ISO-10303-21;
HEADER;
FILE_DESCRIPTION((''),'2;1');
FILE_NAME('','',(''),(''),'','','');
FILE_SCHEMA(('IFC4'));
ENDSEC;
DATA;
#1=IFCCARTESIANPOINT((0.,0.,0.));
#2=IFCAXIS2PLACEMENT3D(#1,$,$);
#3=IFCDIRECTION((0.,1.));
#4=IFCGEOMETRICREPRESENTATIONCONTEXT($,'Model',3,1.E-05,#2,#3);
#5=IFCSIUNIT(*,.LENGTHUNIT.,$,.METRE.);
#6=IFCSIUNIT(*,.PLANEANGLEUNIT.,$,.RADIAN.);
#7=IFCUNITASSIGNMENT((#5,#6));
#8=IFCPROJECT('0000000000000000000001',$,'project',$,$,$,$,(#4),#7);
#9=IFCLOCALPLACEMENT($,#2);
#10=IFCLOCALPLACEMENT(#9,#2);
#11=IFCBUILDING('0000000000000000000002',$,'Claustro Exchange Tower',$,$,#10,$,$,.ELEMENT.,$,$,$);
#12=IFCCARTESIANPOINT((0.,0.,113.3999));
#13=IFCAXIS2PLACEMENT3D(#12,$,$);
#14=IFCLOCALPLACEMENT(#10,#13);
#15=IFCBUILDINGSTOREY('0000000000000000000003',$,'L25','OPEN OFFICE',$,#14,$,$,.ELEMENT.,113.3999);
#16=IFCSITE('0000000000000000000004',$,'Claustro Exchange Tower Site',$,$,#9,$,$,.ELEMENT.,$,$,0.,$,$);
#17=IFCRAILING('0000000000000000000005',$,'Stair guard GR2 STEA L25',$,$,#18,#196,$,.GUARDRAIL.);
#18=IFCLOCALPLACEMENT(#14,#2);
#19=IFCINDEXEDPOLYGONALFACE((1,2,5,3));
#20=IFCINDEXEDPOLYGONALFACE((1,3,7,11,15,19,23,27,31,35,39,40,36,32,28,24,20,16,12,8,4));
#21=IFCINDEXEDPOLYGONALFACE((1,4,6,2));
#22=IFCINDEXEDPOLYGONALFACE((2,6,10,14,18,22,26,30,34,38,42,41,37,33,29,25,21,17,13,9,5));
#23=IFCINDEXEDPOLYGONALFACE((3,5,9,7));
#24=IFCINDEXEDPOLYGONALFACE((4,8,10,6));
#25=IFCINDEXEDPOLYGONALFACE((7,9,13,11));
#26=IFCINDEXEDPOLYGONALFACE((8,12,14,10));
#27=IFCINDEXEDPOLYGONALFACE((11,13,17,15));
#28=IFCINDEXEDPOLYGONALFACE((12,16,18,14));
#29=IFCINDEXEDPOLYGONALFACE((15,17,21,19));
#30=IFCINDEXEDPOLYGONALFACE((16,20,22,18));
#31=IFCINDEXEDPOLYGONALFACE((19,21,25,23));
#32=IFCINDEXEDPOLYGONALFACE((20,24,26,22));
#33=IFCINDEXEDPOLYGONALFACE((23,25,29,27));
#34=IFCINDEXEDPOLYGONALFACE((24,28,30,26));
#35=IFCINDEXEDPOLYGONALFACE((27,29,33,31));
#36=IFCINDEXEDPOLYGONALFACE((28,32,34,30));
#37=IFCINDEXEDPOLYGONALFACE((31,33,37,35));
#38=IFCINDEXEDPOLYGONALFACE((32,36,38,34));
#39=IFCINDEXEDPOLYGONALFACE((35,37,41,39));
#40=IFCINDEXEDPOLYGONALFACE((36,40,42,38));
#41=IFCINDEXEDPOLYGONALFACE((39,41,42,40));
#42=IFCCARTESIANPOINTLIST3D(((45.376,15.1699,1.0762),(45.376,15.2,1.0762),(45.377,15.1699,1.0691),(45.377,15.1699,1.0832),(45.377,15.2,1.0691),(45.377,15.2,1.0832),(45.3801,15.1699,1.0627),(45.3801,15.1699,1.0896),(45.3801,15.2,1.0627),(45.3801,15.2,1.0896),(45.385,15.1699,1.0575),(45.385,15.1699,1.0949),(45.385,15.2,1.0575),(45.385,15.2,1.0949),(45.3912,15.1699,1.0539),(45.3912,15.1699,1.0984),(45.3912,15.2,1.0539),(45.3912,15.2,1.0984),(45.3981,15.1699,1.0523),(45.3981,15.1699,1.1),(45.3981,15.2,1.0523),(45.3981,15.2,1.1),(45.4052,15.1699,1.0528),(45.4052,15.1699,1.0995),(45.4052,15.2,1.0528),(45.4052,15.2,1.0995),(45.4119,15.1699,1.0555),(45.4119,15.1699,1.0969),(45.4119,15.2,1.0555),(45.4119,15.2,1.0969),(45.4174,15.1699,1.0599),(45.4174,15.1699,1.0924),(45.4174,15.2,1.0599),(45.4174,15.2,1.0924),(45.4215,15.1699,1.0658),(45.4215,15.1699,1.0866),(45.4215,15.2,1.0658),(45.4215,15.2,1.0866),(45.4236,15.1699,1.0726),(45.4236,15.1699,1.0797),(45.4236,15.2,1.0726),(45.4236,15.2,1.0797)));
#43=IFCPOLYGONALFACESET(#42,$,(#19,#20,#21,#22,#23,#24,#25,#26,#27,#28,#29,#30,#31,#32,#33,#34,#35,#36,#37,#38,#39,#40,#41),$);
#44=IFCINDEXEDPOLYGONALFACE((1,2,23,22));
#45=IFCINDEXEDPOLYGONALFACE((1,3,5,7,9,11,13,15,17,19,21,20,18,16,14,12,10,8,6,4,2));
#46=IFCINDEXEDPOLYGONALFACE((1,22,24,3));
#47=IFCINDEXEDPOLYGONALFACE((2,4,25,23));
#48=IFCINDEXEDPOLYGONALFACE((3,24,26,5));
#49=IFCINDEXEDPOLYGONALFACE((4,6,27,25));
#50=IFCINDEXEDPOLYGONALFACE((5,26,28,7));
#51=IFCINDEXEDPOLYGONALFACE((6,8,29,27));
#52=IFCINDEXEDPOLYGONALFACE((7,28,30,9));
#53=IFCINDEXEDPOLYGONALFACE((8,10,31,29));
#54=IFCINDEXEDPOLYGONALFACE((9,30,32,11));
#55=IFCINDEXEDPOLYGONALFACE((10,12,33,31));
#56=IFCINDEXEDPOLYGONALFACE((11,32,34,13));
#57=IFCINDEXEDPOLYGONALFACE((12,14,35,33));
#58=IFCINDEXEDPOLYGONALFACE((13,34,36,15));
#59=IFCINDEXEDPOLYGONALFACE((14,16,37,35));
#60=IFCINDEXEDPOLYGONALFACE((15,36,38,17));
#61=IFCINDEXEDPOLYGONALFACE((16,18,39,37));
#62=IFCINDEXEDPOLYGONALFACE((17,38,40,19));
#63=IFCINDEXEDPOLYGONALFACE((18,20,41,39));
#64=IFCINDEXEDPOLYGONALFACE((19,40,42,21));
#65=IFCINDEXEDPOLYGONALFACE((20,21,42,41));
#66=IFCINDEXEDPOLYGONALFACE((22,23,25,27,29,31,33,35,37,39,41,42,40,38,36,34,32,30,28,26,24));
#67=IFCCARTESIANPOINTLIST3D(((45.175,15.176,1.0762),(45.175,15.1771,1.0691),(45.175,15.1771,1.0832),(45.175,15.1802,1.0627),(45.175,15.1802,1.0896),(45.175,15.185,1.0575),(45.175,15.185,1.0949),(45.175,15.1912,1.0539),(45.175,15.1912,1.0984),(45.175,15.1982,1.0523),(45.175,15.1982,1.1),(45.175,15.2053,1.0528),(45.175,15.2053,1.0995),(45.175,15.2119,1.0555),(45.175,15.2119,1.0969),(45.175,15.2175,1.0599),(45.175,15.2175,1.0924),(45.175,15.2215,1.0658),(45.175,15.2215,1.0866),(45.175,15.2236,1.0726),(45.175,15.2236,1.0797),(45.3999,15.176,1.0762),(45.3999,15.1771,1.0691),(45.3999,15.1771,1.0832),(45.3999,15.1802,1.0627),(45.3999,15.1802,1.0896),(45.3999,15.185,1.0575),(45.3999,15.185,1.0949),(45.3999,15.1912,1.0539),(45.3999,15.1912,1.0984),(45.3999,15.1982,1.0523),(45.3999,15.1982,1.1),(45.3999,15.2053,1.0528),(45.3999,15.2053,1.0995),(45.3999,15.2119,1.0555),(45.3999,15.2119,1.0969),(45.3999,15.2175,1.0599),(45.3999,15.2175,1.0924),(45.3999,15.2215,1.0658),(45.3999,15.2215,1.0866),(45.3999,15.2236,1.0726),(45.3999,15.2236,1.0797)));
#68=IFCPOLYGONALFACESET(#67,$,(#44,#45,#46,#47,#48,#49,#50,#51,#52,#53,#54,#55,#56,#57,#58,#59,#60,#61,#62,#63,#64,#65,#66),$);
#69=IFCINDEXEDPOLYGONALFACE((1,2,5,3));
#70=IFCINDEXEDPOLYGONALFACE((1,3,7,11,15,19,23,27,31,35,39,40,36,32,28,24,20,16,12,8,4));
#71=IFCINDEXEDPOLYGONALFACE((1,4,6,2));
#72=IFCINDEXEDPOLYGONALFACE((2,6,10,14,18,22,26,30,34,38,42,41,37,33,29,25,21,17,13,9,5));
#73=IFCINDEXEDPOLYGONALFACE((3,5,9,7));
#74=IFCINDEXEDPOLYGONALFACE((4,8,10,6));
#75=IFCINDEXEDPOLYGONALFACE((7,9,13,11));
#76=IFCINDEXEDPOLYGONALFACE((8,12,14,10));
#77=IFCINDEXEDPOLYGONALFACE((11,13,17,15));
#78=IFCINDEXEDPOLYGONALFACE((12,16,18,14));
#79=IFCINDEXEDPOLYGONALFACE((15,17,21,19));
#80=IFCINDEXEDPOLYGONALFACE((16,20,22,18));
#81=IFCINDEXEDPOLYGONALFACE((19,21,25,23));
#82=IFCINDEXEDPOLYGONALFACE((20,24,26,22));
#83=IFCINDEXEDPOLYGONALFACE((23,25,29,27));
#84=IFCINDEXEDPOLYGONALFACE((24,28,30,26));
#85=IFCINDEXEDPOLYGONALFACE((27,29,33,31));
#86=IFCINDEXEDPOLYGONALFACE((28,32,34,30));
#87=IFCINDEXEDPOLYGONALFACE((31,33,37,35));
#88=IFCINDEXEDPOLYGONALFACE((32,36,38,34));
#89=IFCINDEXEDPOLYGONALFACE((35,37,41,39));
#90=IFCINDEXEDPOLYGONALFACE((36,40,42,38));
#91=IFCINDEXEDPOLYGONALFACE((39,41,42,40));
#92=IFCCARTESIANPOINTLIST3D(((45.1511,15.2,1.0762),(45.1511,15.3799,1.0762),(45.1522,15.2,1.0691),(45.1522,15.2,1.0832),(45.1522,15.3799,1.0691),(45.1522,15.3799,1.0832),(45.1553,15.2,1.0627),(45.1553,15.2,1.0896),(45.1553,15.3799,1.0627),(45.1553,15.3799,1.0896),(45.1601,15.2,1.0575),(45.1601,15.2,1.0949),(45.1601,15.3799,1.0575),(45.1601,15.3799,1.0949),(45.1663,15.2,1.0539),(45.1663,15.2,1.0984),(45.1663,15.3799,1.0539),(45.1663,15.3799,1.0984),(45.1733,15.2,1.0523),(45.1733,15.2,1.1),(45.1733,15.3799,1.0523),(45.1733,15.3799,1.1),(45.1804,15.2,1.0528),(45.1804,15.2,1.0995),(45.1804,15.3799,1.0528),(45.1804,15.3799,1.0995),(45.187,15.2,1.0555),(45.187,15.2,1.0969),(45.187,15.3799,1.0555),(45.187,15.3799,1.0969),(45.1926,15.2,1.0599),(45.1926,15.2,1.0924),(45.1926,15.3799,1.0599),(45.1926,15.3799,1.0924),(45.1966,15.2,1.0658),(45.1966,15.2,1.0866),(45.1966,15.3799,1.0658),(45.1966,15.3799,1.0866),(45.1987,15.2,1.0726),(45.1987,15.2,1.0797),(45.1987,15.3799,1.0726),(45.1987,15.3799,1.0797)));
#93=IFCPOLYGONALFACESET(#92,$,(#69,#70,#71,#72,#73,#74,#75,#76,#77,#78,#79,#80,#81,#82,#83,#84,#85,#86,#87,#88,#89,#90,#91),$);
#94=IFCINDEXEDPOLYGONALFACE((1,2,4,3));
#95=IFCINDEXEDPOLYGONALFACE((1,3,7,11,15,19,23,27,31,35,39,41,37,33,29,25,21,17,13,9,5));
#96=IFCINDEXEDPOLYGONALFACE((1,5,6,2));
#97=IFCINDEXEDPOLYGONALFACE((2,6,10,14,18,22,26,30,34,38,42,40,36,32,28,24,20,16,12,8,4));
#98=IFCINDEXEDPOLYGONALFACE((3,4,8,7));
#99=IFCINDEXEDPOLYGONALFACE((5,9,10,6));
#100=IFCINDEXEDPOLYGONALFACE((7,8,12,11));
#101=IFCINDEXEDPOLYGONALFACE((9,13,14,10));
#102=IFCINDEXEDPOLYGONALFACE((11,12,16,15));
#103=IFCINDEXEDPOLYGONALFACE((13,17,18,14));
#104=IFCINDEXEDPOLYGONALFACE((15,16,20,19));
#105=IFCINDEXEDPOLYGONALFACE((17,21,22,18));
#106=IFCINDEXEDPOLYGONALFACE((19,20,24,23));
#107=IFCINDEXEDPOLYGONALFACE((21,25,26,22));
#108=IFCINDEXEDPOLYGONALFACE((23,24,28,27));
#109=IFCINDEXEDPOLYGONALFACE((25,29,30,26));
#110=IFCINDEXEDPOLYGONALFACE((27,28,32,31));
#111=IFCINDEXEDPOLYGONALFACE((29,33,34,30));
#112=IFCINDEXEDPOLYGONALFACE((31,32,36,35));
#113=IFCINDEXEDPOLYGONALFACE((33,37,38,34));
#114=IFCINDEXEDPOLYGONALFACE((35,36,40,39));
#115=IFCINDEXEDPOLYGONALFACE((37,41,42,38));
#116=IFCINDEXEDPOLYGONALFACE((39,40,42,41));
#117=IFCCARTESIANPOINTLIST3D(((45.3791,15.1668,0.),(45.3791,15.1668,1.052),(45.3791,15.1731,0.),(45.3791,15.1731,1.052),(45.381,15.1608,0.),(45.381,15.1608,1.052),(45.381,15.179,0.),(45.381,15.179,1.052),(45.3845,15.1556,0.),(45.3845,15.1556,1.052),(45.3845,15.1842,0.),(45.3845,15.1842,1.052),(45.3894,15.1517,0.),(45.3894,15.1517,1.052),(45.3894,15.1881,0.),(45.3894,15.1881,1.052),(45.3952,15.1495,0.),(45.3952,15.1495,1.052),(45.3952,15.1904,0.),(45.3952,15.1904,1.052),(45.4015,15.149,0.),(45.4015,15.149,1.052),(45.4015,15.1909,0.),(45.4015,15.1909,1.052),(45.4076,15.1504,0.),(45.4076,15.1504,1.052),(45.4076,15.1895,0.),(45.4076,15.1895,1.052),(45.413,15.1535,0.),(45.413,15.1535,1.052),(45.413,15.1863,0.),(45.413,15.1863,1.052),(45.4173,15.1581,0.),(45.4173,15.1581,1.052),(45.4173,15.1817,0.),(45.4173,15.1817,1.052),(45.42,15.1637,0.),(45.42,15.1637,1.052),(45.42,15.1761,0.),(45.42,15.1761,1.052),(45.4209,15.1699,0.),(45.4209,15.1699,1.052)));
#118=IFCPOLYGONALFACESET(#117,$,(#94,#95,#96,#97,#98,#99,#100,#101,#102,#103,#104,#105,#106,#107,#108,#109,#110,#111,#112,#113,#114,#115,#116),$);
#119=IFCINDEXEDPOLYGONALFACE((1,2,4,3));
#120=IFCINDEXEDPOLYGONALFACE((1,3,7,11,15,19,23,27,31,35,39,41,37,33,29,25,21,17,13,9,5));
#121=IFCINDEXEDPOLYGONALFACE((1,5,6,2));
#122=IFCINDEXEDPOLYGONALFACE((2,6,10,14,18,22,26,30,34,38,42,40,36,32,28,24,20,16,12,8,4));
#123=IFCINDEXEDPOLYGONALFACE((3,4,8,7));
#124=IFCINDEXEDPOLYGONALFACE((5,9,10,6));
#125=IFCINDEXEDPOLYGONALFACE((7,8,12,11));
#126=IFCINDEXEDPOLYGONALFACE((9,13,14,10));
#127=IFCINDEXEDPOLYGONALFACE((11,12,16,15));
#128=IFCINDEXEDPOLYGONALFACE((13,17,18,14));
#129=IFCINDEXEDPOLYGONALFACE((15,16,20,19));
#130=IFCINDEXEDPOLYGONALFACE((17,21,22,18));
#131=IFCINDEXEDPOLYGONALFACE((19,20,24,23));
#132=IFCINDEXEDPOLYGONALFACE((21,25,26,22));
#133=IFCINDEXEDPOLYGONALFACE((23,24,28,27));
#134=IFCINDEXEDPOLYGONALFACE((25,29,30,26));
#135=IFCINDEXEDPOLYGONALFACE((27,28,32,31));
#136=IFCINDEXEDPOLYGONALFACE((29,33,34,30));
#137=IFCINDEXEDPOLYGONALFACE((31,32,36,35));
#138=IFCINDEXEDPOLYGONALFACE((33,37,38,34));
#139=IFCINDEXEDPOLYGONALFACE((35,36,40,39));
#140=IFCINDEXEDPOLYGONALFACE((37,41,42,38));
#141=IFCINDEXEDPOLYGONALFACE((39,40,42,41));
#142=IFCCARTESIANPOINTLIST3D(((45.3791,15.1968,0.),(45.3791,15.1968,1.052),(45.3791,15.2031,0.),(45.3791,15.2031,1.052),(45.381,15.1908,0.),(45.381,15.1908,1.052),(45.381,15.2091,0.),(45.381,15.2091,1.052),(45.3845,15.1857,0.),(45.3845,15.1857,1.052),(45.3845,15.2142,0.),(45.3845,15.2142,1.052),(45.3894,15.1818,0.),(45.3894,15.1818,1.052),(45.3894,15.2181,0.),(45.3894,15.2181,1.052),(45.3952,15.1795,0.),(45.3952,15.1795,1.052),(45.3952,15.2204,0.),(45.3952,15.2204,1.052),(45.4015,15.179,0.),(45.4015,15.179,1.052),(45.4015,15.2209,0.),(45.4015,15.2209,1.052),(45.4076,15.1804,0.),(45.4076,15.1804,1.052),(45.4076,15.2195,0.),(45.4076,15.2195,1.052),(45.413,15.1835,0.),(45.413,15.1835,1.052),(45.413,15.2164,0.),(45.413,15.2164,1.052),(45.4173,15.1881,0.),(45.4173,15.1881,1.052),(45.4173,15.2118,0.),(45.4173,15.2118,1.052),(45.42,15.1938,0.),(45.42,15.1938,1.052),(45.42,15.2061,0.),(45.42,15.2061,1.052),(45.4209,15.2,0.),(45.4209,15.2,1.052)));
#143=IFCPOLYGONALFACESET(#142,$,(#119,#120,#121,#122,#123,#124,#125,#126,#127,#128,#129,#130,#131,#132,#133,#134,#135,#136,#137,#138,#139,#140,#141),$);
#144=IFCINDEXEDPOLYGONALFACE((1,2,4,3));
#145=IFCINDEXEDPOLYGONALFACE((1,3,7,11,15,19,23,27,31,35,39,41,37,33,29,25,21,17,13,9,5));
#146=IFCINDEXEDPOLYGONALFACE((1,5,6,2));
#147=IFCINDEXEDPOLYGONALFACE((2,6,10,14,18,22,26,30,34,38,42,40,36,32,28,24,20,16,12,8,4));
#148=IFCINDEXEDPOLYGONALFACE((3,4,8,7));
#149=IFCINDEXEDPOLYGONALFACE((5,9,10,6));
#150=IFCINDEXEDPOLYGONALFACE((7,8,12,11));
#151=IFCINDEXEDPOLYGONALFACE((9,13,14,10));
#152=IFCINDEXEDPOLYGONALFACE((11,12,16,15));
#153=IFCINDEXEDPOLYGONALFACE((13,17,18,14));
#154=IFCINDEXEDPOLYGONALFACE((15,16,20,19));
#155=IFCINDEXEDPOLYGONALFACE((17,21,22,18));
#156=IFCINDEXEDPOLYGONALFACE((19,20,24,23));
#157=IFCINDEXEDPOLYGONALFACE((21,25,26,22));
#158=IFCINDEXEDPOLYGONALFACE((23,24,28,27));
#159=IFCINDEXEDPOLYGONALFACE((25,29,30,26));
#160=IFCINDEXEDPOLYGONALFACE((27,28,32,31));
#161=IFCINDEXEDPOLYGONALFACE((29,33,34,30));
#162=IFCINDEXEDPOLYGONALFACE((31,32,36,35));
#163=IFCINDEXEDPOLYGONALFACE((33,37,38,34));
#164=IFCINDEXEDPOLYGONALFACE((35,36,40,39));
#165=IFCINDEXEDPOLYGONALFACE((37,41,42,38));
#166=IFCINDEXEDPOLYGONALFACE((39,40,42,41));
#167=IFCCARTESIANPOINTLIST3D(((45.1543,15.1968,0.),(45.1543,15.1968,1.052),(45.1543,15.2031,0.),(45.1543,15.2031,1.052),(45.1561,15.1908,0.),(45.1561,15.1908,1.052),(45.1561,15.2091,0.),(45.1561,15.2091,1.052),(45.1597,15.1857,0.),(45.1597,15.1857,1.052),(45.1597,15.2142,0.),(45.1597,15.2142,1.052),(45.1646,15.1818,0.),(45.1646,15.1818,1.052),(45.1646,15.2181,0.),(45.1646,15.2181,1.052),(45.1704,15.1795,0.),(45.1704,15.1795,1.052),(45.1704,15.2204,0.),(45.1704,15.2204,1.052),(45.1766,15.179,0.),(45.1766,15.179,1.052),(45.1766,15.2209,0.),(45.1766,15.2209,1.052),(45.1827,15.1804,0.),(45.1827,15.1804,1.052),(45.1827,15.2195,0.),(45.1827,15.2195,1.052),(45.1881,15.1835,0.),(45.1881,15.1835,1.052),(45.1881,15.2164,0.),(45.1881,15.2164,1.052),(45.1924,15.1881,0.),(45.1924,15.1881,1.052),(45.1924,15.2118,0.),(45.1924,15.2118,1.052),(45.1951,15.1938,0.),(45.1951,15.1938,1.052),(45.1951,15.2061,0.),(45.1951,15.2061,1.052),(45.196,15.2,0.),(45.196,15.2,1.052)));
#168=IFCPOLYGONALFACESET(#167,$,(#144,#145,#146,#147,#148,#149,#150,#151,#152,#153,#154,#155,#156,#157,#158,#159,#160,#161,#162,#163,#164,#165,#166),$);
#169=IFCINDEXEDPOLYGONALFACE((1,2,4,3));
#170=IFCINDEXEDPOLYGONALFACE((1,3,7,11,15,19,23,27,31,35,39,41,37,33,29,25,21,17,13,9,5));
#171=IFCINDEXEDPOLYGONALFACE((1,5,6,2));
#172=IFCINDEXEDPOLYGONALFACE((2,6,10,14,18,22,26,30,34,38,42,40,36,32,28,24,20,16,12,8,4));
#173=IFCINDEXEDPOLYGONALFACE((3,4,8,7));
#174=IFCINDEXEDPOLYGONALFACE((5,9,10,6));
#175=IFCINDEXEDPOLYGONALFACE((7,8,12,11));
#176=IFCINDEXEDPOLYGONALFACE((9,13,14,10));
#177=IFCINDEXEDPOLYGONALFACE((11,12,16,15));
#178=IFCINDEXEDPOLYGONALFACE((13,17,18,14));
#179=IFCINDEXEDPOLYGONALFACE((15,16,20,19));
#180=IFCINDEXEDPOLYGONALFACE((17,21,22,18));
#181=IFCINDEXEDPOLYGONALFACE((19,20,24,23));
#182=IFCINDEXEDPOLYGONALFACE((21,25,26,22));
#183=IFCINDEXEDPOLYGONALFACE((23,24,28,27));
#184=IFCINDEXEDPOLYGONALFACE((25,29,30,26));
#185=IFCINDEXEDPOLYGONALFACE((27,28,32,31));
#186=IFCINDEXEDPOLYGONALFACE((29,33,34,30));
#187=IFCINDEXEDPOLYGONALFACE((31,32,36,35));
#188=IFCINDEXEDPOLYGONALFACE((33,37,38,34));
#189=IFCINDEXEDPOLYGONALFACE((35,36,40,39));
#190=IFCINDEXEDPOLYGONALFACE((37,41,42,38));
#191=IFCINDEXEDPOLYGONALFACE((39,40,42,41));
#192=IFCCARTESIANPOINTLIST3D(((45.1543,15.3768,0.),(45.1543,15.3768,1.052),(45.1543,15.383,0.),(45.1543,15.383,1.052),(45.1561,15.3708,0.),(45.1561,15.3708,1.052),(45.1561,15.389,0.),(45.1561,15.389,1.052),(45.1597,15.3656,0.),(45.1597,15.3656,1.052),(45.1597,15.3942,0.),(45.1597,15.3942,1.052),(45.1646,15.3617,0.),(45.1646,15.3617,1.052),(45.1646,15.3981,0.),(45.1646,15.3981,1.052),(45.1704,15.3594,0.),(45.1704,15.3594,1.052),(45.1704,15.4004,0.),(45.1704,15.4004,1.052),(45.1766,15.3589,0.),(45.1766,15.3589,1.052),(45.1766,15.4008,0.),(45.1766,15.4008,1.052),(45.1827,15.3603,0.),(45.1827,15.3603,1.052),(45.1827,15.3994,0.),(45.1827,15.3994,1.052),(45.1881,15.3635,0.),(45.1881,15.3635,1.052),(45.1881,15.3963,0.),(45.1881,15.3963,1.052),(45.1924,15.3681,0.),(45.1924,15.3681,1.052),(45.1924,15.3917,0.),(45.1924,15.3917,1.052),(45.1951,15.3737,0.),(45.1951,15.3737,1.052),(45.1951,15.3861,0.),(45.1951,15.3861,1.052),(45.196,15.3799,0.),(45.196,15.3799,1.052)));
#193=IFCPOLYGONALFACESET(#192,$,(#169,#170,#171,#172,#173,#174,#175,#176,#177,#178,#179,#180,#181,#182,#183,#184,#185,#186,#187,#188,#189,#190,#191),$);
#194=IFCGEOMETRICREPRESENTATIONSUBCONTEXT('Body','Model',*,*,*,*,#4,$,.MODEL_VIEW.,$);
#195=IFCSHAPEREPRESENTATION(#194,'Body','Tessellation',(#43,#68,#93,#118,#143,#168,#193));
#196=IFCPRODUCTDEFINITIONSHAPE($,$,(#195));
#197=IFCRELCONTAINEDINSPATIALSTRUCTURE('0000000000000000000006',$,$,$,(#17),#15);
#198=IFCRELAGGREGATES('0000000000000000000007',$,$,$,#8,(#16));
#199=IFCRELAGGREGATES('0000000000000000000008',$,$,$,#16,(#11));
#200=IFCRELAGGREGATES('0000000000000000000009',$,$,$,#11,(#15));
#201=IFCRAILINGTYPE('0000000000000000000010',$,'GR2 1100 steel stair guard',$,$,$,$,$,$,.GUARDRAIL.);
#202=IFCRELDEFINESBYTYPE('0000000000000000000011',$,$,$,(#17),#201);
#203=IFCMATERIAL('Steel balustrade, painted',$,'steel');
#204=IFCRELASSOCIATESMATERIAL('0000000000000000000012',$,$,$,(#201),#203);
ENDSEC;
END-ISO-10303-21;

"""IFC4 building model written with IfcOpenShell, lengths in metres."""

from ifc_helpers import new_model, si_unit, direction, frame, origin, origin_2d, place, context, subcontext, project, spatial, circle, extrude, material, type_object, element, save


model = new_model("IFC4")

# Units and contexts
model_context = context("Model", 3, precision=1e-05, world=origin(), true_north=direction((0.0, 1.0)))
body_context = subcontext(model_context, "Body", "Model", "MODEL_VIEW")
ifc_project = project(units=[si_unit("LENGTHUNIT", "METRE"), si_unit("PLANEANGLEUNIT", "RADIAN")], contexts=[model_context])

# Site, building, storey
site_placement = place(None, origin())
site = spatial("IfcSite", under=ifc_project, at=site_placement, Name="Claustro Exchange Tower Site", CompositionType="ELEMENT", RefElevation=0.0)
building_placement = place(site_placement, origin())
building = spatial("IfcBuilding", under=site, at=building_placement, Name="Claustro Exchange Tower", CompositionType="ELEMENT")
storey_placement = place(building_placement, frame((0.0, 0.0, 113.3999)))
storey = spatial("IfcBuildingStorey", under=building, at=storey_placement, Name="L25", Description="OPEN OFFICE", CompositionType="ELEMENT", Elevation=113.3999)

# Railing
ifc_material_1 = material(Name="Steel balustrade, painted", Category="steel")
railing_type_1 = type_object("IfcRailingType", Name="GR2 1100 steel stair guard", PredefinedType="GUARDRAIL", material=ifc_material_1)
railing_1_placement = place(storey_placement, frame((45.3999, 15.1699, 0.0)))
element("IfcRailing", 1, at=railing_1_placement, inside=storey, type_object=railing_type_1, Name="Stair guard GR2 STEA L25", PredefinedType="GUARDRAIL", context=body_context, shape_type="SweptSolid", body=[
    extrude(circle(Radius=0.0239, at=origin_2d()), frame((0.0, 0.0, 1.0762), z_axis=(0.0, 1.0, 0.0), x_axis=(-1.0, 0.0, 0.0)), (0.0, 0.0, 1.0), 0.03),
    extrude(circle(Radius=0.0239, at=origin_2d()), frame((0.0, 0.03, 1.0762), z_axis=(-1.0, 0.0, 0.0), x_axis=(0.0, -1.0, 0.0)), (0.0, 0.0, 1.0), 0.2249),
    extrude(circle(Radius=0.0239, at=origin_2d()), frame((-0.2249, 0.03, 1.0762), z_axis=(0.0, 1.0, 0.0), x_axis=(-1.0, 0.0, 0.0)), (0.0, 0.0, 1.0), 0.1799),
    extrude(circle(Radius=0.021, at=origin_2d()), origin(), (0.0, 0.0, 1.0), 1.052),
    extrude(circle(Radius=0.021, at=origin_2d()), frame((0.0, 0.03, 0.0)), (0.0, 0.0, 1.0), 1.052),
    extrude(circle(Radius=0.021, at=origin_2d()), frame((-0.2249, 0.03, 0.0)), (0.0, 0.0, 1.0), 1.052),
    extrude(circle(Radius=0.021, at=origin_2d()), frame((-0.2249, 0.21, 0.0)), (0.0, 0.0, 1.0), 1.052),
])

save(model, "model.ifc")
